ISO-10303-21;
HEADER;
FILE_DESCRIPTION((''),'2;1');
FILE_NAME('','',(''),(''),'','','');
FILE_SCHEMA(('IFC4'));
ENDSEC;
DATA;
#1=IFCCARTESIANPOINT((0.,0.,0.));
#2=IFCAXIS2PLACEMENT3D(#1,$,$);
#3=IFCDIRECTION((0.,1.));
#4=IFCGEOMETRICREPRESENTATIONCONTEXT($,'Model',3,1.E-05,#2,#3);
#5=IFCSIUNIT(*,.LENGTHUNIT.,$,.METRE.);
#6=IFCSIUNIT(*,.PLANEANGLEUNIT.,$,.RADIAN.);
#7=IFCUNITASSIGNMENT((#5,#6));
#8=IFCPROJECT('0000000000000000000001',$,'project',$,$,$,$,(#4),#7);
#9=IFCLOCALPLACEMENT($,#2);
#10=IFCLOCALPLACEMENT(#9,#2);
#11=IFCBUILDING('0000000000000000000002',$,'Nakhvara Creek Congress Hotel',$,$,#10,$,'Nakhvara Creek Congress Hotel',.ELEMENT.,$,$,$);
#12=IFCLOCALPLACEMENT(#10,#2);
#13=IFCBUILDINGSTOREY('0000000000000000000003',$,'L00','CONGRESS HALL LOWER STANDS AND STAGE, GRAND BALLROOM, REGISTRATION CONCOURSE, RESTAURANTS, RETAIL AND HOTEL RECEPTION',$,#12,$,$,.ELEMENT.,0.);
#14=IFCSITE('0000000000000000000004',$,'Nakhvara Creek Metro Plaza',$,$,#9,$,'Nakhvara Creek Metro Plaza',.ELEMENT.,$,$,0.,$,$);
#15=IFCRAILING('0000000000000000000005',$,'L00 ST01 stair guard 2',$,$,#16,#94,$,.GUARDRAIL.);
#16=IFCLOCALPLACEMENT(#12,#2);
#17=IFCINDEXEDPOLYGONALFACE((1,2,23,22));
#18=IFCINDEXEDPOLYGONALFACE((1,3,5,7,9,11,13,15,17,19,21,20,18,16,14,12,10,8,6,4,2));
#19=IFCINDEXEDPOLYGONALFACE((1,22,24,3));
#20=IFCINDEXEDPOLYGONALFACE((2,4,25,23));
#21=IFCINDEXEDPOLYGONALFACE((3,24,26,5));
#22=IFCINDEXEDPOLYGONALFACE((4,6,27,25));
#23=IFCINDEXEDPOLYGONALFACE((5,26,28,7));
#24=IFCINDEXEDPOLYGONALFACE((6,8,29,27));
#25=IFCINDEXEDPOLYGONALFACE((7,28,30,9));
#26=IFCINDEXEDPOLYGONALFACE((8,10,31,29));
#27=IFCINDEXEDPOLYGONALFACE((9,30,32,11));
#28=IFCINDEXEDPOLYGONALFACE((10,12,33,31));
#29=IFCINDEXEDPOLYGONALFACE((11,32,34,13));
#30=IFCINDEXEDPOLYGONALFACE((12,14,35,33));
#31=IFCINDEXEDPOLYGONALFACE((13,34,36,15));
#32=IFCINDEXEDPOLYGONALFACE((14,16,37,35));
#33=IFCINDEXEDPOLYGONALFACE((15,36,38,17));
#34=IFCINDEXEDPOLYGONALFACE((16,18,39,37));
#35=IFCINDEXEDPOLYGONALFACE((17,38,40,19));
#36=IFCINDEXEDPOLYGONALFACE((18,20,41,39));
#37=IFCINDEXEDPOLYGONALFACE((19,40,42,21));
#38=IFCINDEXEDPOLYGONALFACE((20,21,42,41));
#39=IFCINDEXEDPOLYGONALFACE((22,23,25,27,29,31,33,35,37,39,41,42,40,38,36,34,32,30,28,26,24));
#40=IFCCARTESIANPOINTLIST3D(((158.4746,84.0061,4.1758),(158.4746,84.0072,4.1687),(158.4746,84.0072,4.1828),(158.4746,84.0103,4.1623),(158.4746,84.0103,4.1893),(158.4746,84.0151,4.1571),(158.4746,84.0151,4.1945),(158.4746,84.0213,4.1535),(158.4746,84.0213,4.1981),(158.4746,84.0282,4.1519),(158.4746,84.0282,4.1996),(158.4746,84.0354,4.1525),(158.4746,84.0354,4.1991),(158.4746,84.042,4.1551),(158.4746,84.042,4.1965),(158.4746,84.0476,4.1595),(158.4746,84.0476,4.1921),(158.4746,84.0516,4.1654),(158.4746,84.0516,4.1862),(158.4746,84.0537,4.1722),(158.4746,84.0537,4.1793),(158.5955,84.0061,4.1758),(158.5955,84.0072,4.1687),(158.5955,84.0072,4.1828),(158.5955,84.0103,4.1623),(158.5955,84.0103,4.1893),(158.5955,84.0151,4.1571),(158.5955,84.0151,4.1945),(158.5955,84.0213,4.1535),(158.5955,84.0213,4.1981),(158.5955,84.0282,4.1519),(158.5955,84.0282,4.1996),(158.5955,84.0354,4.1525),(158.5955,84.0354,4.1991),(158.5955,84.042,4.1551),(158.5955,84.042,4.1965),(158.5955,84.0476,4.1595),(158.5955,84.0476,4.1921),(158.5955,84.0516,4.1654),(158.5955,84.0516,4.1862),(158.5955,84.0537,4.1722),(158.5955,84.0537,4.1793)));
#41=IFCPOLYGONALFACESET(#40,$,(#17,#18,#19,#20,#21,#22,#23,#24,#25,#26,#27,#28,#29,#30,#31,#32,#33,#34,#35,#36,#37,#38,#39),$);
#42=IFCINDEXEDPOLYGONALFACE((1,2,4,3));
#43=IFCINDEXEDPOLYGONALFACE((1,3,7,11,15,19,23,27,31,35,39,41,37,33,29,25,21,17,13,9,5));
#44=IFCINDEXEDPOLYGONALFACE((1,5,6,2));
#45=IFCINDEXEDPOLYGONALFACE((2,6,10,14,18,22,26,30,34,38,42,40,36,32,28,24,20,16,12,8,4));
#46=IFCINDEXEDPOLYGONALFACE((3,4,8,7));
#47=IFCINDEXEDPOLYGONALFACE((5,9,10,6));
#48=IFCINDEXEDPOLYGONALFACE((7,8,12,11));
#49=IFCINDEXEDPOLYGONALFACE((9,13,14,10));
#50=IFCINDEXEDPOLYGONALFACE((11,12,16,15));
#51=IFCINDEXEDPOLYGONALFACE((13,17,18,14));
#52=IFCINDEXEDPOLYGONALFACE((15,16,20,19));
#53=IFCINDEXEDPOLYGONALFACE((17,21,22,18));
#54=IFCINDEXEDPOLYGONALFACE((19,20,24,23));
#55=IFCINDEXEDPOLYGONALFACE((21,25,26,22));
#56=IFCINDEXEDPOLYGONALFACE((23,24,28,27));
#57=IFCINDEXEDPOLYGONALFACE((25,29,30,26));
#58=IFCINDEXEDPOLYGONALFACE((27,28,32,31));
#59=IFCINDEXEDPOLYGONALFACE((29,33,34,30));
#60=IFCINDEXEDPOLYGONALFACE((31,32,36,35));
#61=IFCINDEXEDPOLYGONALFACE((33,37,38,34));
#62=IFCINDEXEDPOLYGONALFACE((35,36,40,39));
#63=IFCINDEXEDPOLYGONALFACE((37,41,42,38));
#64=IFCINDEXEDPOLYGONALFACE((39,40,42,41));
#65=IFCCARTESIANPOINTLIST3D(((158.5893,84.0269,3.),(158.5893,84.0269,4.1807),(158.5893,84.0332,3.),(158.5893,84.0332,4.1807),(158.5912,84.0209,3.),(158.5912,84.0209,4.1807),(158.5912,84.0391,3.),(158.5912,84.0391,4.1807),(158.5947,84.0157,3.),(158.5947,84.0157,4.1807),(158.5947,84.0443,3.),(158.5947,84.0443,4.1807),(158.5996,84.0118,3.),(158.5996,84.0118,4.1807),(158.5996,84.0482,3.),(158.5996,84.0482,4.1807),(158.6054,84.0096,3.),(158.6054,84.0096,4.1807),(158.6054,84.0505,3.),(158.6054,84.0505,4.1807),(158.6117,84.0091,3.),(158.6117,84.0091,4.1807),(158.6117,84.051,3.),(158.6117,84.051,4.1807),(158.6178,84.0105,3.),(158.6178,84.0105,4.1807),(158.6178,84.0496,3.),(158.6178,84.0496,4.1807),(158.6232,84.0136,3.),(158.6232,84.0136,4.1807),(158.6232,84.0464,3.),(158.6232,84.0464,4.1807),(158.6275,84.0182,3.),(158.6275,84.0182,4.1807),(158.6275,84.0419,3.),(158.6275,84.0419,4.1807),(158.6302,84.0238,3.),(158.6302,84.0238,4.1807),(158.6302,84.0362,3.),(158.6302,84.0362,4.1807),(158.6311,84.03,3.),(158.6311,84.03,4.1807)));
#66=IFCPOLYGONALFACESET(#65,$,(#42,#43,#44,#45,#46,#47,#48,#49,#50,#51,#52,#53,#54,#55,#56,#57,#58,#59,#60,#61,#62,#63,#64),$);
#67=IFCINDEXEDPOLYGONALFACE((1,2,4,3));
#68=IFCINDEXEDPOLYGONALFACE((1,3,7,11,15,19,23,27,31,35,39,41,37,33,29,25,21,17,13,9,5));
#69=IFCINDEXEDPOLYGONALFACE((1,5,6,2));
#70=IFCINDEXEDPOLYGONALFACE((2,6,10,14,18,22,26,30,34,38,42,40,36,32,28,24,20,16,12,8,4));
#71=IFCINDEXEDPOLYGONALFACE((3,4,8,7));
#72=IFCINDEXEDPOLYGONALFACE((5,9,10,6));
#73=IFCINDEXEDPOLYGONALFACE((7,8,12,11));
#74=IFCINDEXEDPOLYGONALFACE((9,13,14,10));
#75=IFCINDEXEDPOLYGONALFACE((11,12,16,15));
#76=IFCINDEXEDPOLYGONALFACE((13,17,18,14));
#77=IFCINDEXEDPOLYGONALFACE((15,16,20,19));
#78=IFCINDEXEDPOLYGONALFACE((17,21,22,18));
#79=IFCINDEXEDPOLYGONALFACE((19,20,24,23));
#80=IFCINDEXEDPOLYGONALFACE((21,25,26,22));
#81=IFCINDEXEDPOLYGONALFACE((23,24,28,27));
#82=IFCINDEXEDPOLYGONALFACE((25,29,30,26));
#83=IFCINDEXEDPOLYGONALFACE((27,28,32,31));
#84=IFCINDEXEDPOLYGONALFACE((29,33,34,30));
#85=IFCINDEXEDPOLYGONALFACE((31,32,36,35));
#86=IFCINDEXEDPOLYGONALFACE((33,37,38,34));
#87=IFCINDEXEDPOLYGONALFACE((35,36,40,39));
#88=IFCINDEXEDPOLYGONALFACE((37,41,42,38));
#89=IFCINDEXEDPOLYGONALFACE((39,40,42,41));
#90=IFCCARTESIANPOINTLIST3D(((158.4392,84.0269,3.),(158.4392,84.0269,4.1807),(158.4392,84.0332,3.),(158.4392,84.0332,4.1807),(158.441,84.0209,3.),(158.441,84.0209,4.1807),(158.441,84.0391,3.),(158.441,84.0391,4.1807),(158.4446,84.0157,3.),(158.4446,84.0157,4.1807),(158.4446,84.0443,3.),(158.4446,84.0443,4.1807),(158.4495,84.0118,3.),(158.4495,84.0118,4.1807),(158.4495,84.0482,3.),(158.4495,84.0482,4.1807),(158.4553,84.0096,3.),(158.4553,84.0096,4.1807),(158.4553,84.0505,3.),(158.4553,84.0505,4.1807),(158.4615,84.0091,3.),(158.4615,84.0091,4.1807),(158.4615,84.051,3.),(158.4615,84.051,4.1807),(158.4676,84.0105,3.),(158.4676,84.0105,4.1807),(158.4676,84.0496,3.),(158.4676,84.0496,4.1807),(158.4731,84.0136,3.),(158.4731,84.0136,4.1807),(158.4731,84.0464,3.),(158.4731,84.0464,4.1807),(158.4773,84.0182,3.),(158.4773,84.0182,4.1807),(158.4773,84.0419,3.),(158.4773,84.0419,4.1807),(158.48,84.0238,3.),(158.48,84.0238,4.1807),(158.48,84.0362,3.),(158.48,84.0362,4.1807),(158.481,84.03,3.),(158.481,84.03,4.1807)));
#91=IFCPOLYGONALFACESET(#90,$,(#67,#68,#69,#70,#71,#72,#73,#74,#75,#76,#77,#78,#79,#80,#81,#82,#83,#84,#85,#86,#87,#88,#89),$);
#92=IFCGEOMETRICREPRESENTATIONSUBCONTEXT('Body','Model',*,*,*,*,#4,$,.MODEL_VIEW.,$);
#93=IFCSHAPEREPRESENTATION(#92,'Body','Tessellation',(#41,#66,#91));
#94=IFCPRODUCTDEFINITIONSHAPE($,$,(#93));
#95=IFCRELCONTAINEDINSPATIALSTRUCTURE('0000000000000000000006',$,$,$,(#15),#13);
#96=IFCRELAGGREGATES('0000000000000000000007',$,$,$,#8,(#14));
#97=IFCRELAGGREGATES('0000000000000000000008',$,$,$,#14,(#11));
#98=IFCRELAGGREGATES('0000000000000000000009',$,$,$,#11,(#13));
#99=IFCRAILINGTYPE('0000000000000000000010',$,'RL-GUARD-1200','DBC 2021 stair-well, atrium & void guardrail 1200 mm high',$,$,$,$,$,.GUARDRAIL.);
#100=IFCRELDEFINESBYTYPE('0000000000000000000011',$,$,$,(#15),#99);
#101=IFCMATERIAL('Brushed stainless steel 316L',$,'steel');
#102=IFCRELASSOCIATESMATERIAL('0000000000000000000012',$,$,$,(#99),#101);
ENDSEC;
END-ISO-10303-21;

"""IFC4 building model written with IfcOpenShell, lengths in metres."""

from ifc_helpers import new_model, si_unit, direction, frame, origin, origin_2d, place, context, subcontext, project, spatial, circle, extrude, material, type_object, element, save


model = new_model("IFC4")

# Units and contexts
model_context = context("Model", 3, precision=1e-05, world=origin(), true_north=direction((0.0, 1.0)))
body_context = subcontext(model_context, "Body", "Model", "MODEL_VIEW")
ifc_project = project(units=[si_unit("LENGTHUNIT", "METRE"), si_unit("PLANEANGLEUNIT", "RADIAN")], contexts=[model_context])

# Site, building, storey
site_placement = place(None, origin())
site = spatial("IfcSite", under=ifc_project, at=site_placement, Name="Nakhvara Creek Metro Plaza", LongName="Nakhvara Creek Metro Plaza", CompositionType="ELEMENT", RefElevation=0.0)
building_placement = place(site_placement, origin())
building = spatial("IfcBuilding", under=site, at=building_placement, Name="Nakhvara Creek Congress Hotel", LongName="Nakhvara Creek Congress Hotel", CompositionType="ELEMENT")
storey_placement = place(building_placement, origin())
storey = spatial("IfcBuildingStorey", under=building, at=storey_placement, Name="L00", Description="CONGRESS HALL LOWER STANDS AND STAGE, GRAND BALLROOM, REGISTRATION CONCOURSE, RESTAURANTS, RETAIL AND HOTEL RECEPTION", CompositionType="ELEMENT", Elevation=0.0)

# Railing
ifc_material_1 = material(Name="Brushed stainless steel 316L", Category="steel")
railing_type_1 = type_object("IfcRailingType", Name="RL-GUARD-1200", Description="DBC 2021 stair-well, atrium & void guardrail 1200 mm high", PredefinedType="GUARDRAIL", material=ifc_material_1)
railing_1_placement = place(storey_placement, frame((158.6101, 84.03, 3.0)))
element("IfcRailing", 1, at=railing_1_placement, inside=storey, type_object=railing_type_1, Name="L00 ST01 stair guard 2", PredefinedType="GUARDRAIL", context=body_context, shape_type="SweptSolid", body=[
    extrude(circle(Radius=0.0239, at=origin_2d()), frame((-0.0146, 0.0, 1.1758), z_axis=(-1.0, 0.0, 0.0), x_axis=(0.0, -1.0, 0.0)), (0.0, 0.0, 1.0), 0.1208),
    extrude(circle(Radius=0.021, at=origin_2d()), origin(), (0.0, 0.0, 1.0), 1.1807),
    extrude(circle(Radius=0.021, at=origin_2d()), frame((-0.1501, 0.0, 0.0)), (0.0, 0.0, 1.0), 1.1807),
])

save(model, "model.ifc")
